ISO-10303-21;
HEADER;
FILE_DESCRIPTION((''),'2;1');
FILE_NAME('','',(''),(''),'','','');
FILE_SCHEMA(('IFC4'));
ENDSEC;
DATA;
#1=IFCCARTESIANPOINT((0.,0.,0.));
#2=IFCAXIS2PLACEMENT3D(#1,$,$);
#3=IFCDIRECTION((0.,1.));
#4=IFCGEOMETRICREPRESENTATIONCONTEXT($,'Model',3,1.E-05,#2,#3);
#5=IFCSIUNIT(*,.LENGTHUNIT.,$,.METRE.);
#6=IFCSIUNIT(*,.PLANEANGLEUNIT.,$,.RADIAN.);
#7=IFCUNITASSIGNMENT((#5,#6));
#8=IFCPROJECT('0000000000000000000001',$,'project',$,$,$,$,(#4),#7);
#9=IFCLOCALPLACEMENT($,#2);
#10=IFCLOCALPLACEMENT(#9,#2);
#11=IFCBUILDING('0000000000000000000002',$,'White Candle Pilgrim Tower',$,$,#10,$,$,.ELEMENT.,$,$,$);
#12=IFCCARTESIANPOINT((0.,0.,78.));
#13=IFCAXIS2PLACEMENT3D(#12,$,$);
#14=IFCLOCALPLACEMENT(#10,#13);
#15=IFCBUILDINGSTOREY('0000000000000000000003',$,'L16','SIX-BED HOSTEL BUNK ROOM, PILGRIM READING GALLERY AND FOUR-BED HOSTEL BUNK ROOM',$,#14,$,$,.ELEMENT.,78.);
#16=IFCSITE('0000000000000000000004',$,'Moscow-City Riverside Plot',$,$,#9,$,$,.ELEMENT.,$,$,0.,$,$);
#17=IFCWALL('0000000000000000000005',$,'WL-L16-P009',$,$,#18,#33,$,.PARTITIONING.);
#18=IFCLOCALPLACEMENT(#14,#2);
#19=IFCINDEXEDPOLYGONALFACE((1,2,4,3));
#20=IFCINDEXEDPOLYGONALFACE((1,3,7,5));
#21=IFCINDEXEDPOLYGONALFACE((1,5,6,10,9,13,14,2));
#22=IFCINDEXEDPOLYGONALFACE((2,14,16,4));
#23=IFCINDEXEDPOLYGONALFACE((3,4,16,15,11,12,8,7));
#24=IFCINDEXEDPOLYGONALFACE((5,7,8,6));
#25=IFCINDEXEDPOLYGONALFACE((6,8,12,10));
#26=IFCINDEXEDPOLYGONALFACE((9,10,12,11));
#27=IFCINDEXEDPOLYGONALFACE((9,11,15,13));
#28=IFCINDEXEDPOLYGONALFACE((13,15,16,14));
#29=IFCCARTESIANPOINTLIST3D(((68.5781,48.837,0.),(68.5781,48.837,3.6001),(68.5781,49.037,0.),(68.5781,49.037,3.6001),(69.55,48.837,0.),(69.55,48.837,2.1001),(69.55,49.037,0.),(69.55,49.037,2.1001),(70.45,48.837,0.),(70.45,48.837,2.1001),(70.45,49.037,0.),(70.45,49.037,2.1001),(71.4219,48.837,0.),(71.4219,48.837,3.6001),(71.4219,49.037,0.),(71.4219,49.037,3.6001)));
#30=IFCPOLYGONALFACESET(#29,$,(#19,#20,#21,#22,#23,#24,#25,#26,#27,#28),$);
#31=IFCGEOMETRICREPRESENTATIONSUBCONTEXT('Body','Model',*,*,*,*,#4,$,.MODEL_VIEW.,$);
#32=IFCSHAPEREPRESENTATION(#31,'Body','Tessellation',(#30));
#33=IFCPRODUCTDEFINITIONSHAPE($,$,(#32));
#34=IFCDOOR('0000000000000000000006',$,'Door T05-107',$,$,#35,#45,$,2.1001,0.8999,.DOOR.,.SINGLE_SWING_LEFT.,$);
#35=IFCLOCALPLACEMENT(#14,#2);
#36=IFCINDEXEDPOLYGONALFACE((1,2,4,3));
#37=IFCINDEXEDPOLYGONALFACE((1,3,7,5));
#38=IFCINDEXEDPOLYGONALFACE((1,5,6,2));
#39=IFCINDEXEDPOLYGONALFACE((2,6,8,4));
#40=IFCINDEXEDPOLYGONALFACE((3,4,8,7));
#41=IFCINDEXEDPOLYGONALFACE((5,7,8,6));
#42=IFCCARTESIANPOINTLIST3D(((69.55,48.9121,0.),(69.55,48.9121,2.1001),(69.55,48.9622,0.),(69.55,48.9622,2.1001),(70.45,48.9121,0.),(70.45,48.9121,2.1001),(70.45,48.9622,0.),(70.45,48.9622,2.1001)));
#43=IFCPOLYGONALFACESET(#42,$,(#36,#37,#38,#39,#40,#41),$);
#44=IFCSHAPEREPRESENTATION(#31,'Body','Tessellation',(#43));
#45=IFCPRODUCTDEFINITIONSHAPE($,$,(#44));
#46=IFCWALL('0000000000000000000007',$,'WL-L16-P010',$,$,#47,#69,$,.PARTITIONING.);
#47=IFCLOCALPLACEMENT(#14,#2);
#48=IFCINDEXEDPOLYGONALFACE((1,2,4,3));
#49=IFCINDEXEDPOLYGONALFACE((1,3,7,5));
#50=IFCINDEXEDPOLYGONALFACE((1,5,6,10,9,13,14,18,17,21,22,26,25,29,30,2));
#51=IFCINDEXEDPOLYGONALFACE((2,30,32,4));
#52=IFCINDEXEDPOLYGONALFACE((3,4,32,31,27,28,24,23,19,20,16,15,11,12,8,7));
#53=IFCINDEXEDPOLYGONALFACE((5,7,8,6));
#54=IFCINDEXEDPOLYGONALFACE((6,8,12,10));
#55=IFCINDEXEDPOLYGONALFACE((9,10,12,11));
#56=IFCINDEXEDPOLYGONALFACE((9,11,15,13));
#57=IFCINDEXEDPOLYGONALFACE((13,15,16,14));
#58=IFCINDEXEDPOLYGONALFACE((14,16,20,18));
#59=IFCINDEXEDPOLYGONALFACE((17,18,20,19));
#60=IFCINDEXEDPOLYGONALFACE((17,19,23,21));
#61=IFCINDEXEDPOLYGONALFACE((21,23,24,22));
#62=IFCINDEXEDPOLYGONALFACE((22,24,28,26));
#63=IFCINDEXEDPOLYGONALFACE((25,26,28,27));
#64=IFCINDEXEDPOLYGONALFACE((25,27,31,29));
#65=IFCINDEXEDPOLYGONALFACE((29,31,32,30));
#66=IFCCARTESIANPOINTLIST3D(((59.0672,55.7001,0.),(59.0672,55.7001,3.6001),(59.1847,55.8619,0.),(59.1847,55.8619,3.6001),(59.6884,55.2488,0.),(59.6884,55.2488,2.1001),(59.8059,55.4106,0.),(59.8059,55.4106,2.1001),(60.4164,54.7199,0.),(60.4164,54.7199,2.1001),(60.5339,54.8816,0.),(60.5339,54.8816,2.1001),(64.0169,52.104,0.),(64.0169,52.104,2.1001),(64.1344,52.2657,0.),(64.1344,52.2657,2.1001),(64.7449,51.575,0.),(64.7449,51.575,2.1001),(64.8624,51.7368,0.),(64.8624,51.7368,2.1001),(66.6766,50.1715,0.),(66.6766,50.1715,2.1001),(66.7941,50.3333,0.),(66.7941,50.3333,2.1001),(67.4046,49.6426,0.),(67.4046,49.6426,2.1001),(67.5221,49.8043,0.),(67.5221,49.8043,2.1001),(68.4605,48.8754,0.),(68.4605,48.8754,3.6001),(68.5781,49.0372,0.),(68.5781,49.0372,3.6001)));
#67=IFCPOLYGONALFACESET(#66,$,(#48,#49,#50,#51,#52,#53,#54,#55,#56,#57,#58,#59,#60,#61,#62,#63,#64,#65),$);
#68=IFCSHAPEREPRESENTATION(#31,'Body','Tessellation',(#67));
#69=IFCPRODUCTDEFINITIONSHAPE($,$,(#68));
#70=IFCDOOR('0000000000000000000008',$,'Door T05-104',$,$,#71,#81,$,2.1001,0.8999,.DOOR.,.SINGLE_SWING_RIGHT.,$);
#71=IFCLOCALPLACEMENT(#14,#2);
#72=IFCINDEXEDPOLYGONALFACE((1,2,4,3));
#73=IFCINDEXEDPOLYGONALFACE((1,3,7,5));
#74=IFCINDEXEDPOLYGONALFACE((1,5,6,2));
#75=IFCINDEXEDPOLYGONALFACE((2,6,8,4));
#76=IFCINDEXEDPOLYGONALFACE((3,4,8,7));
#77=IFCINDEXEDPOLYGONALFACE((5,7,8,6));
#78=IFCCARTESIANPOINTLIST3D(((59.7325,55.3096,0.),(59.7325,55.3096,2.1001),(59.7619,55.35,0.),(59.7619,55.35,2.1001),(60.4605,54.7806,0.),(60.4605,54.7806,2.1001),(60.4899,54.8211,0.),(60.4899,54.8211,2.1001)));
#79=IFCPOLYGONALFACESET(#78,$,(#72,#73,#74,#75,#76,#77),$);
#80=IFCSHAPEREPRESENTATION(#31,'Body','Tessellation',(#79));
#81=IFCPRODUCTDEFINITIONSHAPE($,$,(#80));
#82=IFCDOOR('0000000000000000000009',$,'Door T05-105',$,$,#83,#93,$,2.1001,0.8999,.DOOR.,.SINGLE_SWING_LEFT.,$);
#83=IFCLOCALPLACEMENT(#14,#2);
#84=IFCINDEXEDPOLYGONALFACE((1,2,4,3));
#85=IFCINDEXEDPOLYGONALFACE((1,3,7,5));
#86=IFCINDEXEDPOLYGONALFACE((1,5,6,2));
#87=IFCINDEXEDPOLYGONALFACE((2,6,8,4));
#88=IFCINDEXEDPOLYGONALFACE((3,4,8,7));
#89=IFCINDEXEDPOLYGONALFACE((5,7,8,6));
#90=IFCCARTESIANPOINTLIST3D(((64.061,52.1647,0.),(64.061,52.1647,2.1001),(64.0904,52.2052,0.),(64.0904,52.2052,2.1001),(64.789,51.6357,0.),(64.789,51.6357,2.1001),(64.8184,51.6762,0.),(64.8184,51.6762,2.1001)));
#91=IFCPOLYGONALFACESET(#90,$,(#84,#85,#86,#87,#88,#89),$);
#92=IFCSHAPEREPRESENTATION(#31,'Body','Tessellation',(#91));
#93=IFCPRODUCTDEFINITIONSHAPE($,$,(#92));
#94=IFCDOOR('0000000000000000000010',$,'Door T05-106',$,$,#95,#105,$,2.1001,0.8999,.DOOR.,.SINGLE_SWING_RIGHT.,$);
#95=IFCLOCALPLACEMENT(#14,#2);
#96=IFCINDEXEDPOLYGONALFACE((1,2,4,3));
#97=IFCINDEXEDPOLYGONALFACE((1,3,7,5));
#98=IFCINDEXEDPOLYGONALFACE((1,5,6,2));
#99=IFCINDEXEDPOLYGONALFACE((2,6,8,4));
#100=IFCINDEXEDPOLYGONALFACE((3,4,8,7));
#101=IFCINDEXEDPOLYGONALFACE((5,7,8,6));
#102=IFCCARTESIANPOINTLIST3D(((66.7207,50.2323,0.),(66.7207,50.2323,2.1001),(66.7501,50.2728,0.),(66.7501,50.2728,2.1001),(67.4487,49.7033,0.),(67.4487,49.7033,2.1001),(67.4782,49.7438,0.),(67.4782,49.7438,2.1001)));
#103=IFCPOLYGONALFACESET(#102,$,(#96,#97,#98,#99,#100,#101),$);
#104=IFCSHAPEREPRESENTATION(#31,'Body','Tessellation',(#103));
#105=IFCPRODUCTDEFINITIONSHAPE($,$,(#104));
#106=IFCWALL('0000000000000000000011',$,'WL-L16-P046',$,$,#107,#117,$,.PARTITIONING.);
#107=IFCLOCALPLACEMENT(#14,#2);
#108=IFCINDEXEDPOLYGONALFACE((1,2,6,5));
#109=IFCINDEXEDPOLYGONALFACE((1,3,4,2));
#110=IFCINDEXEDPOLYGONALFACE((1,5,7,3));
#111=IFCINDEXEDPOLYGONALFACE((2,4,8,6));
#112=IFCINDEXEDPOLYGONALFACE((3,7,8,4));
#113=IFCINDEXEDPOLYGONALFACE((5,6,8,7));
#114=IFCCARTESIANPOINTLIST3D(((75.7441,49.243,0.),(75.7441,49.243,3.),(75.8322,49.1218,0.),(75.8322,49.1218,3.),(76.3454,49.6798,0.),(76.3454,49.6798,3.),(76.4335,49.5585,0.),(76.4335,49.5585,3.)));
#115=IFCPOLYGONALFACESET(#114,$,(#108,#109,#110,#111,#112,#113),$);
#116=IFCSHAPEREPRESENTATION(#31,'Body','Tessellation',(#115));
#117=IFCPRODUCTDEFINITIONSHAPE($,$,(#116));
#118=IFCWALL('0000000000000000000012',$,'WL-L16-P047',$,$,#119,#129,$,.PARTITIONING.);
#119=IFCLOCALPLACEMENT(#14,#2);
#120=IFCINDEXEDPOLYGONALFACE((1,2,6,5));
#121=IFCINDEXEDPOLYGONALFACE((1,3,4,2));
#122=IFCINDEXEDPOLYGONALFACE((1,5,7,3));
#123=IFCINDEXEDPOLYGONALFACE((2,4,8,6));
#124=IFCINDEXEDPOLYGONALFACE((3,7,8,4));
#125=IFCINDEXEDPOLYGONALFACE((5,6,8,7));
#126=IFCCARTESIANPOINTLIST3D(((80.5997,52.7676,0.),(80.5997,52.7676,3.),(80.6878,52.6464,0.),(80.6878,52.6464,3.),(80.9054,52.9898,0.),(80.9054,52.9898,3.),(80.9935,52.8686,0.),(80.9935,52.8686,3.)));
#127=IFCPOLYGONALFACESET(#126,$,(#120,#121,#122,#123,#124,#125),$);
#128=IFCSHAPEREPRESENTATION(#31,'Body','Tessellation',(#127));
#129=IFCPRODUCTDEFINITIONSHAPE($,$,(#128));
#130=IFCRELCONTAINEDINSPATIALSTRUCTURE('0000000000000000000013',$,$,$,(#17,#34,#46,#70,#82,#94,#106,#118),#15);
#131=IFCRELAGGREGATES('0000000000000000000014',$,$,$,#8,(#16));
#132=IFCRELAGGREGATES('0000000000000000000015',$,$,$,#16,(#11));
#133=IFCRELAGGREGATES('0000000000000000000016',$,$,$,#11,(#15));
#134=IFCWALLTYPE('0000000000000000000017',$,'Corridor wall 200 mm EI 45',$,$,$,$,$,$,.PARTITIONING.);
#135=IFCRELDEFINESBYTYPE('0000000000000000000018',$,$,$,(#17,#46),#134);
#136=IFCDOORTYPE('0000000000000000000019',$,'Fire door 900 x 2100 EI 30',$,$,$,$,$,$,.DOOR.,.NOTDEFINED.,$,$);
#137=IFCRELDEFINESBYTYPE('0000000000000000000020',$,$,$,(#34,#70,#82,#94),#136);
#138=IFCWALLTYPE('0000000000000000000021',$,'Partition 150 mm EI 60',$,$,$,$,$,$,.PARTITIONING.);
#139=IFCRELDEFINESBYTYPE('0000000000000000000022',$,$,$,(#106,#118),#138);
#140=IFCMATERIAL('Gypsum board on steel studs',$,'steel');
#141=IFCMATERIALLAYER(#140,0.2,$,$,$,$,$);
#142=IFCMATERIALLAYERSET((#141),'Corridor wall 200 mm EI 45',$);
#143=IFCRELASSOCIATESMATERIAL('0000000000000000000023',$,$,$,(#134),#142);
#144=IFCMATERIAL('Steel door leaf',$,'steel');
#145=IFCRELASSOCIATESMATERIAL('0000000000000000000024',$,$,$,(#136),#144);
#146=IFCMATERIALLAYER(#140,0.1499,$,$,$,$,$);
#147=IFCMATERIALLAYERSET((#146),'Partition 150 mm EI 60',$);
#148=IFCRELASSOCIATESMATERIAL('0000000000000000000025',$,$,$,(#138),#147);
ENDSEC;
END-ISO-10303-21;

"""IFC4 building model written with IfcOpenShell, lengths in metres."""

from ifc_helpers import new_model, si_unit, direction, frame, frame_2d, origin, place, context, subcontext, project, spatial, rectangle, extrude, material, layer, layer_set, type_object, element, fill, save


model = new_model("IFC4")

# Units and contexts
model_context = context("Model", 3, precision=1e-05, world=origin(), true_north=direction((0.0, 1.0)))
body_context = subcontext(model_context, "Body", "Model", "MODEL_VIEW")
ifc_project = project(units=[si_unit("LENGTHUNIT", "METRE"), si_unit("PLANEANGLEUNIT", "RADIAN")], contexts=[model_context])

# Site, building, storey
site_placement = place(None, origin())
site = spatial("IfcSite", under=ifc_project, at=site_placement, Name="Moscow-City Riverside Plot", CompositionType="ELEMENT", RefElevation=0.0)
building_placement = place(site_placement, origin())
building = spatial("IfcBuilding", under=site, at=building_placement, Name="White Candle Pilgrim Tower", CompositionType="ELEMENT")
storey_placement = place(building_placement, frame((0.0, 0.0, 78.0)))
storey = spatial("IfcBuildingStorey", under=building, at=storey_placement, Name="L16", Description="SIX-BED HOSTEL BUNK ROOM, PILGRIM READING GALLERY AND FOUR-BED HOSTEL BUNK ROOM", CompositionType="ELEMENT", Elevation=78.0)

# Shared definitions
ifc_material_1 = material(Name="Gypsum board on steel studs", Category="steel")
ifc_layer_1 = layer(ifc_material_1, 0.2)
ifc_layer_set_1 = layer_set([ifc_layer_1], Name="Corridor wall 200 mm EI 45")
wall_type_1 = type_object("IfcWallType", Name="Corridor wall 200 mm EI 45", PredefinedType="PARTITIONING", material=ifc_layer_set_1)
ifc_material_2 = material(Name="Steel door leaf", Category="steel")
door_type = type_object("IfcDoorType", Name="Fire door 900 x 2100 EI 30", OperationType="NOTDEFINED", PredefinedType="DOOR", material=ifc_material_2)

# Wall, opening, door
wall_1_placement = place(storey_placement, frame((71.4219, 48.937, 0.0), z_axis=(0.0, 0.0, 1.0), x_axis=(-1.0, 0.0, 0.0)))
wall_1 = element("IfcWall", 1, at=wall_1_placement, inside=storey, type_object=wall_type_1, Name="WL-L16-P009", PredefinedType="PARTITIONING", context=body_context, shape_type="SweptSolid", body=[
    extrude(rectangle(XDim=2.8438, YDim=0.2, at=frame_2d((1.4219, 0.0))), origin(), (0.0, 0.0, 1.0), 3.6001),
])
opening_1_placement = place(wall_1_placement, frame((0.9719, 0.0, 0.0)))
opening_1 = element("IfcOpeningElement", 2, at=opening_1_placement, cuts=wall_1, PredefinedType="OPENING", context=body_context, shape_type="SweptSolid", body=[
    extrude(rectangle(XDim=0.8999, YDim=2.1001, at=frame_2d((0.45, 1.05))), frame((0.0, 0.1099, 0.0), z_axis=(0.0, -1.0, 0.0), x_axis=(1.0, 0.0, 0.0)), (0.0, 0.0, 1.0), 0.22),
])
door_1_placement = place(opening_1_placement, origin())
door_1 = element("IfcDoor", 3, at=door_1_placement, inside=storey, type_object=door_type, Name="Door T05-107", OperationType="SINGLE_SWING_LEFT", OverallHeight=2.1001, OverallWidth=0.8999, PredefinedType="DOOR", context=body_context, shape_type="SweptSolid", body=[
    extrude(rectangle(XDim=0.8999, YDim=2.1001, at=frame_2d((0.45, 1.05))), frame((0.0, 0.0249, 0.0), z_axis=(0.0, -1.0, 0.0), x_axis=(1.0, 0.0, 0.0)), (0.0, 0.0, 1.0), 0.05),
])
fill(opening_1, door_1)

# Wall, openings, doors
wall_2_placement = place(storey_placement, frame((68.5193, 48.9563, 0.0), z_axis=(0.0, 0.0, 1.0), x_axis=(-0.809014, 0.587789, 0.0)))
wall_2 = element("IfcWall", 4, at=wall_2_placement, inside=storey, type_object=wall_type_1, Name="WL-L16-P010", PredefinedType="PARTITIONING", context=body_context, shape_type="SweptSolid", body=[
    extrude(rectangle(XDim=11.6108, YDim=0.2, at=frame_2d((5.8054, 0.0))), origin(), (0.0, 0.0, 1.0), 3.6001),
])
opening_2_placement = place(wall_2_placement, frame((9.9431, 0.0, 0.0)))
opening_2 = element("IfcOpeningElement", 5, at=opening_2_placement, cuts=wall_2, PredefinedType="OPENING", context=body_context, shape_type="SweptSolid", body=[
    extrude(rectangle(XDim=0.8999, YDim=2.1001, at=frame_2d((0.45, 1.05))), frame((0.0, 0.1099, 0.0), z_axis=(0.0, -1.0, 0.0), x_axis=(1.0, 0.0, 0.0)), (0.0, 0.0, 1.0), 0.22),
])
opening_3_placement = place(wall_2_placement, frame((4.5928, 0.0, 0.0)))
opening_3 = element("IfcOpeningElement", 6, at=opening_3_placement, cuts=wall_2, PredefinedType="OPENING", context=body_context, shape_type="SweptSolid", body=[
    extrude(rectangle(XDim=0.8999, YDim=2.1001, at=frame_2d((0.45, 1.05))), frame((0.0, 0.1099, 0.0), z_axis=(0.0, -1.0, 0.0), x_axis=(1.0, 0.0, 0.0)), (0.0, 0.0, 1.0), 0.22),
])
opening_4_placement = place(wall_2_placement, frame((1.3052, 0.0, 0.0)))
opening_4 = element("IfcOpeningElement", 7, at=opening_4_placement, cuts=wall_2, PredefinedType="OPENING", context=body_context, shape_type="SweptSolid", body=[
    extrude(rectangle(XDim=0.8999, YDim=2.1001, at=frame_2d((0.45, 1.05))), frame((0.0, 0.1099, 0.0), z_axis=(0.0, -1.0, 0.0), x_axis=(1.0, 0.0, 0.0)), (0.0, 0.0, 1.0), 0.22),
])
door_2_placement = place(opening_2_placement, origin())
door_2 = element("IfcDoor", 8, at=door_2_placement, inside=storey, type_object=door_type, Name="Door T05-104", OperationType="SINGLE_SWING_RIGHT", OverallHeight=2.1001, OverallWidth=0.8999, PredefinedType="DOOR", context=body_context, shape_type="SweptSolid", body=[
    extrude(rectangle(XDim=0.8999, YDim=2.1001, at=frame_2d((0.45, 1.05))), frame((0.0, 0.0249, 0.0), z_axis=(0.0, -1.0, 0.0), x_axis=(1.0, 0.0, 0.0)), (0.0, 0.0, 1.0), 0.05),
])
fill(opening_2, door_2)
door_3_placement = place(opening_3_placement, origin())
door_3 = element("IfcDoor", 9, at=door_3_placement, inside=storey, type_object=door_type, Name="Door T05-105", OperationType="SINGLE_SWING_LEFT", OverallHeight=2.1001, OverallWidth=0.8999, PredefinedType="DOOR", context=body_context, shape_type="SweptSolid", body=[
    extrude(rectangle(XDim=0.8999, YDim=2.1001, at=frame_2d((0.45, 1.05))), frame((0.0, 0.0249, 0.0), z_axis=(0.0, -1.0, 0.0), x_axis=(1.0, 0.0, 0.0)), (0.0, 0.0, 1.0), 0.05),
])
fill(opening_3, door_3)
door_4_placement = place(opening_4_placement, origin())
door_4 = element("IfcDoor", 10, at=door_4_placement, inside=storey, type_object=door_type, Name="Door T05-106", OperationType="SINGLE_SWING_RIGHT", OverallHeight=2.1001, OverallWidth=0.8999, PredefinedType="DOOR", context=body_context, shape_type="SweptSolid", body=[
    extrude(rectangle(XDim=0.8999, YDim=2.1001, at=frame_2d((0.45, 1.05))), frame((0.0, 0.0249, 0.0), z_axis=(0.0, -1.0, 0.0), x_axis=(1.0, 0.0, 0.0)), (0.0, 0.0, 1.0), 0.05),
])
fill(opening_4, door_4)

# Walls
ifc_layer_2 = layer(ifc_material_1, 0.1499)
ifc_layer_set_2 = layer_set([ifc_layer_2], Name="Partition 150 mm EI 60")
wall_type_2 = type_object("IfcWallType", Name="Partition 150 mm EI 60", PredefinedType="PARTITIONING", material=ifc_layer_set_2)
wall_3_placement = place(storey_placement, frame((76.3894, 49.6191, 0.0), z_axis=(0.0, 0.0, 1.0), x_axis=(-0.809091, -0.587683, 0.0)))
element("IfcWall", 11, at=wall_3_placement, inside=storey, type_object=wall_type_2, Name="WL-L16-P046", PredefinedType="PARTITIONING", context=body_context, shape_type="SweptSolid", body=[
    extrude(rectangle(XDim=0.7432, YDim=0.1499, at=frame_2d((0.3716, 0.0))), origin(), (0.0, 0.0, 1.0), 3.0),
])
wall_4_placement = place(storey_placement, frame((80.9495, 52.9292, 0.0), z_axis=(0.0, 0.0, 1.0), x_axis=(-0.808904, -0.587941, 0.0)))
element("IfcWall", 12, at=wall_4_placement, inside=storey, type_object=wall_type_2, Name="WL-L16-P047", PredefinedType="PARTITIONING", context=body_context, shape_type="SweptSolid", body=[
    extrude(rectangle(XDim=0.3779, YDim=0.1499, at=frame_2d((0.189, 0.0))), origin(), (0.0, 0.0, 1.0), 3.0),
])

save(model, "model.ifc")
